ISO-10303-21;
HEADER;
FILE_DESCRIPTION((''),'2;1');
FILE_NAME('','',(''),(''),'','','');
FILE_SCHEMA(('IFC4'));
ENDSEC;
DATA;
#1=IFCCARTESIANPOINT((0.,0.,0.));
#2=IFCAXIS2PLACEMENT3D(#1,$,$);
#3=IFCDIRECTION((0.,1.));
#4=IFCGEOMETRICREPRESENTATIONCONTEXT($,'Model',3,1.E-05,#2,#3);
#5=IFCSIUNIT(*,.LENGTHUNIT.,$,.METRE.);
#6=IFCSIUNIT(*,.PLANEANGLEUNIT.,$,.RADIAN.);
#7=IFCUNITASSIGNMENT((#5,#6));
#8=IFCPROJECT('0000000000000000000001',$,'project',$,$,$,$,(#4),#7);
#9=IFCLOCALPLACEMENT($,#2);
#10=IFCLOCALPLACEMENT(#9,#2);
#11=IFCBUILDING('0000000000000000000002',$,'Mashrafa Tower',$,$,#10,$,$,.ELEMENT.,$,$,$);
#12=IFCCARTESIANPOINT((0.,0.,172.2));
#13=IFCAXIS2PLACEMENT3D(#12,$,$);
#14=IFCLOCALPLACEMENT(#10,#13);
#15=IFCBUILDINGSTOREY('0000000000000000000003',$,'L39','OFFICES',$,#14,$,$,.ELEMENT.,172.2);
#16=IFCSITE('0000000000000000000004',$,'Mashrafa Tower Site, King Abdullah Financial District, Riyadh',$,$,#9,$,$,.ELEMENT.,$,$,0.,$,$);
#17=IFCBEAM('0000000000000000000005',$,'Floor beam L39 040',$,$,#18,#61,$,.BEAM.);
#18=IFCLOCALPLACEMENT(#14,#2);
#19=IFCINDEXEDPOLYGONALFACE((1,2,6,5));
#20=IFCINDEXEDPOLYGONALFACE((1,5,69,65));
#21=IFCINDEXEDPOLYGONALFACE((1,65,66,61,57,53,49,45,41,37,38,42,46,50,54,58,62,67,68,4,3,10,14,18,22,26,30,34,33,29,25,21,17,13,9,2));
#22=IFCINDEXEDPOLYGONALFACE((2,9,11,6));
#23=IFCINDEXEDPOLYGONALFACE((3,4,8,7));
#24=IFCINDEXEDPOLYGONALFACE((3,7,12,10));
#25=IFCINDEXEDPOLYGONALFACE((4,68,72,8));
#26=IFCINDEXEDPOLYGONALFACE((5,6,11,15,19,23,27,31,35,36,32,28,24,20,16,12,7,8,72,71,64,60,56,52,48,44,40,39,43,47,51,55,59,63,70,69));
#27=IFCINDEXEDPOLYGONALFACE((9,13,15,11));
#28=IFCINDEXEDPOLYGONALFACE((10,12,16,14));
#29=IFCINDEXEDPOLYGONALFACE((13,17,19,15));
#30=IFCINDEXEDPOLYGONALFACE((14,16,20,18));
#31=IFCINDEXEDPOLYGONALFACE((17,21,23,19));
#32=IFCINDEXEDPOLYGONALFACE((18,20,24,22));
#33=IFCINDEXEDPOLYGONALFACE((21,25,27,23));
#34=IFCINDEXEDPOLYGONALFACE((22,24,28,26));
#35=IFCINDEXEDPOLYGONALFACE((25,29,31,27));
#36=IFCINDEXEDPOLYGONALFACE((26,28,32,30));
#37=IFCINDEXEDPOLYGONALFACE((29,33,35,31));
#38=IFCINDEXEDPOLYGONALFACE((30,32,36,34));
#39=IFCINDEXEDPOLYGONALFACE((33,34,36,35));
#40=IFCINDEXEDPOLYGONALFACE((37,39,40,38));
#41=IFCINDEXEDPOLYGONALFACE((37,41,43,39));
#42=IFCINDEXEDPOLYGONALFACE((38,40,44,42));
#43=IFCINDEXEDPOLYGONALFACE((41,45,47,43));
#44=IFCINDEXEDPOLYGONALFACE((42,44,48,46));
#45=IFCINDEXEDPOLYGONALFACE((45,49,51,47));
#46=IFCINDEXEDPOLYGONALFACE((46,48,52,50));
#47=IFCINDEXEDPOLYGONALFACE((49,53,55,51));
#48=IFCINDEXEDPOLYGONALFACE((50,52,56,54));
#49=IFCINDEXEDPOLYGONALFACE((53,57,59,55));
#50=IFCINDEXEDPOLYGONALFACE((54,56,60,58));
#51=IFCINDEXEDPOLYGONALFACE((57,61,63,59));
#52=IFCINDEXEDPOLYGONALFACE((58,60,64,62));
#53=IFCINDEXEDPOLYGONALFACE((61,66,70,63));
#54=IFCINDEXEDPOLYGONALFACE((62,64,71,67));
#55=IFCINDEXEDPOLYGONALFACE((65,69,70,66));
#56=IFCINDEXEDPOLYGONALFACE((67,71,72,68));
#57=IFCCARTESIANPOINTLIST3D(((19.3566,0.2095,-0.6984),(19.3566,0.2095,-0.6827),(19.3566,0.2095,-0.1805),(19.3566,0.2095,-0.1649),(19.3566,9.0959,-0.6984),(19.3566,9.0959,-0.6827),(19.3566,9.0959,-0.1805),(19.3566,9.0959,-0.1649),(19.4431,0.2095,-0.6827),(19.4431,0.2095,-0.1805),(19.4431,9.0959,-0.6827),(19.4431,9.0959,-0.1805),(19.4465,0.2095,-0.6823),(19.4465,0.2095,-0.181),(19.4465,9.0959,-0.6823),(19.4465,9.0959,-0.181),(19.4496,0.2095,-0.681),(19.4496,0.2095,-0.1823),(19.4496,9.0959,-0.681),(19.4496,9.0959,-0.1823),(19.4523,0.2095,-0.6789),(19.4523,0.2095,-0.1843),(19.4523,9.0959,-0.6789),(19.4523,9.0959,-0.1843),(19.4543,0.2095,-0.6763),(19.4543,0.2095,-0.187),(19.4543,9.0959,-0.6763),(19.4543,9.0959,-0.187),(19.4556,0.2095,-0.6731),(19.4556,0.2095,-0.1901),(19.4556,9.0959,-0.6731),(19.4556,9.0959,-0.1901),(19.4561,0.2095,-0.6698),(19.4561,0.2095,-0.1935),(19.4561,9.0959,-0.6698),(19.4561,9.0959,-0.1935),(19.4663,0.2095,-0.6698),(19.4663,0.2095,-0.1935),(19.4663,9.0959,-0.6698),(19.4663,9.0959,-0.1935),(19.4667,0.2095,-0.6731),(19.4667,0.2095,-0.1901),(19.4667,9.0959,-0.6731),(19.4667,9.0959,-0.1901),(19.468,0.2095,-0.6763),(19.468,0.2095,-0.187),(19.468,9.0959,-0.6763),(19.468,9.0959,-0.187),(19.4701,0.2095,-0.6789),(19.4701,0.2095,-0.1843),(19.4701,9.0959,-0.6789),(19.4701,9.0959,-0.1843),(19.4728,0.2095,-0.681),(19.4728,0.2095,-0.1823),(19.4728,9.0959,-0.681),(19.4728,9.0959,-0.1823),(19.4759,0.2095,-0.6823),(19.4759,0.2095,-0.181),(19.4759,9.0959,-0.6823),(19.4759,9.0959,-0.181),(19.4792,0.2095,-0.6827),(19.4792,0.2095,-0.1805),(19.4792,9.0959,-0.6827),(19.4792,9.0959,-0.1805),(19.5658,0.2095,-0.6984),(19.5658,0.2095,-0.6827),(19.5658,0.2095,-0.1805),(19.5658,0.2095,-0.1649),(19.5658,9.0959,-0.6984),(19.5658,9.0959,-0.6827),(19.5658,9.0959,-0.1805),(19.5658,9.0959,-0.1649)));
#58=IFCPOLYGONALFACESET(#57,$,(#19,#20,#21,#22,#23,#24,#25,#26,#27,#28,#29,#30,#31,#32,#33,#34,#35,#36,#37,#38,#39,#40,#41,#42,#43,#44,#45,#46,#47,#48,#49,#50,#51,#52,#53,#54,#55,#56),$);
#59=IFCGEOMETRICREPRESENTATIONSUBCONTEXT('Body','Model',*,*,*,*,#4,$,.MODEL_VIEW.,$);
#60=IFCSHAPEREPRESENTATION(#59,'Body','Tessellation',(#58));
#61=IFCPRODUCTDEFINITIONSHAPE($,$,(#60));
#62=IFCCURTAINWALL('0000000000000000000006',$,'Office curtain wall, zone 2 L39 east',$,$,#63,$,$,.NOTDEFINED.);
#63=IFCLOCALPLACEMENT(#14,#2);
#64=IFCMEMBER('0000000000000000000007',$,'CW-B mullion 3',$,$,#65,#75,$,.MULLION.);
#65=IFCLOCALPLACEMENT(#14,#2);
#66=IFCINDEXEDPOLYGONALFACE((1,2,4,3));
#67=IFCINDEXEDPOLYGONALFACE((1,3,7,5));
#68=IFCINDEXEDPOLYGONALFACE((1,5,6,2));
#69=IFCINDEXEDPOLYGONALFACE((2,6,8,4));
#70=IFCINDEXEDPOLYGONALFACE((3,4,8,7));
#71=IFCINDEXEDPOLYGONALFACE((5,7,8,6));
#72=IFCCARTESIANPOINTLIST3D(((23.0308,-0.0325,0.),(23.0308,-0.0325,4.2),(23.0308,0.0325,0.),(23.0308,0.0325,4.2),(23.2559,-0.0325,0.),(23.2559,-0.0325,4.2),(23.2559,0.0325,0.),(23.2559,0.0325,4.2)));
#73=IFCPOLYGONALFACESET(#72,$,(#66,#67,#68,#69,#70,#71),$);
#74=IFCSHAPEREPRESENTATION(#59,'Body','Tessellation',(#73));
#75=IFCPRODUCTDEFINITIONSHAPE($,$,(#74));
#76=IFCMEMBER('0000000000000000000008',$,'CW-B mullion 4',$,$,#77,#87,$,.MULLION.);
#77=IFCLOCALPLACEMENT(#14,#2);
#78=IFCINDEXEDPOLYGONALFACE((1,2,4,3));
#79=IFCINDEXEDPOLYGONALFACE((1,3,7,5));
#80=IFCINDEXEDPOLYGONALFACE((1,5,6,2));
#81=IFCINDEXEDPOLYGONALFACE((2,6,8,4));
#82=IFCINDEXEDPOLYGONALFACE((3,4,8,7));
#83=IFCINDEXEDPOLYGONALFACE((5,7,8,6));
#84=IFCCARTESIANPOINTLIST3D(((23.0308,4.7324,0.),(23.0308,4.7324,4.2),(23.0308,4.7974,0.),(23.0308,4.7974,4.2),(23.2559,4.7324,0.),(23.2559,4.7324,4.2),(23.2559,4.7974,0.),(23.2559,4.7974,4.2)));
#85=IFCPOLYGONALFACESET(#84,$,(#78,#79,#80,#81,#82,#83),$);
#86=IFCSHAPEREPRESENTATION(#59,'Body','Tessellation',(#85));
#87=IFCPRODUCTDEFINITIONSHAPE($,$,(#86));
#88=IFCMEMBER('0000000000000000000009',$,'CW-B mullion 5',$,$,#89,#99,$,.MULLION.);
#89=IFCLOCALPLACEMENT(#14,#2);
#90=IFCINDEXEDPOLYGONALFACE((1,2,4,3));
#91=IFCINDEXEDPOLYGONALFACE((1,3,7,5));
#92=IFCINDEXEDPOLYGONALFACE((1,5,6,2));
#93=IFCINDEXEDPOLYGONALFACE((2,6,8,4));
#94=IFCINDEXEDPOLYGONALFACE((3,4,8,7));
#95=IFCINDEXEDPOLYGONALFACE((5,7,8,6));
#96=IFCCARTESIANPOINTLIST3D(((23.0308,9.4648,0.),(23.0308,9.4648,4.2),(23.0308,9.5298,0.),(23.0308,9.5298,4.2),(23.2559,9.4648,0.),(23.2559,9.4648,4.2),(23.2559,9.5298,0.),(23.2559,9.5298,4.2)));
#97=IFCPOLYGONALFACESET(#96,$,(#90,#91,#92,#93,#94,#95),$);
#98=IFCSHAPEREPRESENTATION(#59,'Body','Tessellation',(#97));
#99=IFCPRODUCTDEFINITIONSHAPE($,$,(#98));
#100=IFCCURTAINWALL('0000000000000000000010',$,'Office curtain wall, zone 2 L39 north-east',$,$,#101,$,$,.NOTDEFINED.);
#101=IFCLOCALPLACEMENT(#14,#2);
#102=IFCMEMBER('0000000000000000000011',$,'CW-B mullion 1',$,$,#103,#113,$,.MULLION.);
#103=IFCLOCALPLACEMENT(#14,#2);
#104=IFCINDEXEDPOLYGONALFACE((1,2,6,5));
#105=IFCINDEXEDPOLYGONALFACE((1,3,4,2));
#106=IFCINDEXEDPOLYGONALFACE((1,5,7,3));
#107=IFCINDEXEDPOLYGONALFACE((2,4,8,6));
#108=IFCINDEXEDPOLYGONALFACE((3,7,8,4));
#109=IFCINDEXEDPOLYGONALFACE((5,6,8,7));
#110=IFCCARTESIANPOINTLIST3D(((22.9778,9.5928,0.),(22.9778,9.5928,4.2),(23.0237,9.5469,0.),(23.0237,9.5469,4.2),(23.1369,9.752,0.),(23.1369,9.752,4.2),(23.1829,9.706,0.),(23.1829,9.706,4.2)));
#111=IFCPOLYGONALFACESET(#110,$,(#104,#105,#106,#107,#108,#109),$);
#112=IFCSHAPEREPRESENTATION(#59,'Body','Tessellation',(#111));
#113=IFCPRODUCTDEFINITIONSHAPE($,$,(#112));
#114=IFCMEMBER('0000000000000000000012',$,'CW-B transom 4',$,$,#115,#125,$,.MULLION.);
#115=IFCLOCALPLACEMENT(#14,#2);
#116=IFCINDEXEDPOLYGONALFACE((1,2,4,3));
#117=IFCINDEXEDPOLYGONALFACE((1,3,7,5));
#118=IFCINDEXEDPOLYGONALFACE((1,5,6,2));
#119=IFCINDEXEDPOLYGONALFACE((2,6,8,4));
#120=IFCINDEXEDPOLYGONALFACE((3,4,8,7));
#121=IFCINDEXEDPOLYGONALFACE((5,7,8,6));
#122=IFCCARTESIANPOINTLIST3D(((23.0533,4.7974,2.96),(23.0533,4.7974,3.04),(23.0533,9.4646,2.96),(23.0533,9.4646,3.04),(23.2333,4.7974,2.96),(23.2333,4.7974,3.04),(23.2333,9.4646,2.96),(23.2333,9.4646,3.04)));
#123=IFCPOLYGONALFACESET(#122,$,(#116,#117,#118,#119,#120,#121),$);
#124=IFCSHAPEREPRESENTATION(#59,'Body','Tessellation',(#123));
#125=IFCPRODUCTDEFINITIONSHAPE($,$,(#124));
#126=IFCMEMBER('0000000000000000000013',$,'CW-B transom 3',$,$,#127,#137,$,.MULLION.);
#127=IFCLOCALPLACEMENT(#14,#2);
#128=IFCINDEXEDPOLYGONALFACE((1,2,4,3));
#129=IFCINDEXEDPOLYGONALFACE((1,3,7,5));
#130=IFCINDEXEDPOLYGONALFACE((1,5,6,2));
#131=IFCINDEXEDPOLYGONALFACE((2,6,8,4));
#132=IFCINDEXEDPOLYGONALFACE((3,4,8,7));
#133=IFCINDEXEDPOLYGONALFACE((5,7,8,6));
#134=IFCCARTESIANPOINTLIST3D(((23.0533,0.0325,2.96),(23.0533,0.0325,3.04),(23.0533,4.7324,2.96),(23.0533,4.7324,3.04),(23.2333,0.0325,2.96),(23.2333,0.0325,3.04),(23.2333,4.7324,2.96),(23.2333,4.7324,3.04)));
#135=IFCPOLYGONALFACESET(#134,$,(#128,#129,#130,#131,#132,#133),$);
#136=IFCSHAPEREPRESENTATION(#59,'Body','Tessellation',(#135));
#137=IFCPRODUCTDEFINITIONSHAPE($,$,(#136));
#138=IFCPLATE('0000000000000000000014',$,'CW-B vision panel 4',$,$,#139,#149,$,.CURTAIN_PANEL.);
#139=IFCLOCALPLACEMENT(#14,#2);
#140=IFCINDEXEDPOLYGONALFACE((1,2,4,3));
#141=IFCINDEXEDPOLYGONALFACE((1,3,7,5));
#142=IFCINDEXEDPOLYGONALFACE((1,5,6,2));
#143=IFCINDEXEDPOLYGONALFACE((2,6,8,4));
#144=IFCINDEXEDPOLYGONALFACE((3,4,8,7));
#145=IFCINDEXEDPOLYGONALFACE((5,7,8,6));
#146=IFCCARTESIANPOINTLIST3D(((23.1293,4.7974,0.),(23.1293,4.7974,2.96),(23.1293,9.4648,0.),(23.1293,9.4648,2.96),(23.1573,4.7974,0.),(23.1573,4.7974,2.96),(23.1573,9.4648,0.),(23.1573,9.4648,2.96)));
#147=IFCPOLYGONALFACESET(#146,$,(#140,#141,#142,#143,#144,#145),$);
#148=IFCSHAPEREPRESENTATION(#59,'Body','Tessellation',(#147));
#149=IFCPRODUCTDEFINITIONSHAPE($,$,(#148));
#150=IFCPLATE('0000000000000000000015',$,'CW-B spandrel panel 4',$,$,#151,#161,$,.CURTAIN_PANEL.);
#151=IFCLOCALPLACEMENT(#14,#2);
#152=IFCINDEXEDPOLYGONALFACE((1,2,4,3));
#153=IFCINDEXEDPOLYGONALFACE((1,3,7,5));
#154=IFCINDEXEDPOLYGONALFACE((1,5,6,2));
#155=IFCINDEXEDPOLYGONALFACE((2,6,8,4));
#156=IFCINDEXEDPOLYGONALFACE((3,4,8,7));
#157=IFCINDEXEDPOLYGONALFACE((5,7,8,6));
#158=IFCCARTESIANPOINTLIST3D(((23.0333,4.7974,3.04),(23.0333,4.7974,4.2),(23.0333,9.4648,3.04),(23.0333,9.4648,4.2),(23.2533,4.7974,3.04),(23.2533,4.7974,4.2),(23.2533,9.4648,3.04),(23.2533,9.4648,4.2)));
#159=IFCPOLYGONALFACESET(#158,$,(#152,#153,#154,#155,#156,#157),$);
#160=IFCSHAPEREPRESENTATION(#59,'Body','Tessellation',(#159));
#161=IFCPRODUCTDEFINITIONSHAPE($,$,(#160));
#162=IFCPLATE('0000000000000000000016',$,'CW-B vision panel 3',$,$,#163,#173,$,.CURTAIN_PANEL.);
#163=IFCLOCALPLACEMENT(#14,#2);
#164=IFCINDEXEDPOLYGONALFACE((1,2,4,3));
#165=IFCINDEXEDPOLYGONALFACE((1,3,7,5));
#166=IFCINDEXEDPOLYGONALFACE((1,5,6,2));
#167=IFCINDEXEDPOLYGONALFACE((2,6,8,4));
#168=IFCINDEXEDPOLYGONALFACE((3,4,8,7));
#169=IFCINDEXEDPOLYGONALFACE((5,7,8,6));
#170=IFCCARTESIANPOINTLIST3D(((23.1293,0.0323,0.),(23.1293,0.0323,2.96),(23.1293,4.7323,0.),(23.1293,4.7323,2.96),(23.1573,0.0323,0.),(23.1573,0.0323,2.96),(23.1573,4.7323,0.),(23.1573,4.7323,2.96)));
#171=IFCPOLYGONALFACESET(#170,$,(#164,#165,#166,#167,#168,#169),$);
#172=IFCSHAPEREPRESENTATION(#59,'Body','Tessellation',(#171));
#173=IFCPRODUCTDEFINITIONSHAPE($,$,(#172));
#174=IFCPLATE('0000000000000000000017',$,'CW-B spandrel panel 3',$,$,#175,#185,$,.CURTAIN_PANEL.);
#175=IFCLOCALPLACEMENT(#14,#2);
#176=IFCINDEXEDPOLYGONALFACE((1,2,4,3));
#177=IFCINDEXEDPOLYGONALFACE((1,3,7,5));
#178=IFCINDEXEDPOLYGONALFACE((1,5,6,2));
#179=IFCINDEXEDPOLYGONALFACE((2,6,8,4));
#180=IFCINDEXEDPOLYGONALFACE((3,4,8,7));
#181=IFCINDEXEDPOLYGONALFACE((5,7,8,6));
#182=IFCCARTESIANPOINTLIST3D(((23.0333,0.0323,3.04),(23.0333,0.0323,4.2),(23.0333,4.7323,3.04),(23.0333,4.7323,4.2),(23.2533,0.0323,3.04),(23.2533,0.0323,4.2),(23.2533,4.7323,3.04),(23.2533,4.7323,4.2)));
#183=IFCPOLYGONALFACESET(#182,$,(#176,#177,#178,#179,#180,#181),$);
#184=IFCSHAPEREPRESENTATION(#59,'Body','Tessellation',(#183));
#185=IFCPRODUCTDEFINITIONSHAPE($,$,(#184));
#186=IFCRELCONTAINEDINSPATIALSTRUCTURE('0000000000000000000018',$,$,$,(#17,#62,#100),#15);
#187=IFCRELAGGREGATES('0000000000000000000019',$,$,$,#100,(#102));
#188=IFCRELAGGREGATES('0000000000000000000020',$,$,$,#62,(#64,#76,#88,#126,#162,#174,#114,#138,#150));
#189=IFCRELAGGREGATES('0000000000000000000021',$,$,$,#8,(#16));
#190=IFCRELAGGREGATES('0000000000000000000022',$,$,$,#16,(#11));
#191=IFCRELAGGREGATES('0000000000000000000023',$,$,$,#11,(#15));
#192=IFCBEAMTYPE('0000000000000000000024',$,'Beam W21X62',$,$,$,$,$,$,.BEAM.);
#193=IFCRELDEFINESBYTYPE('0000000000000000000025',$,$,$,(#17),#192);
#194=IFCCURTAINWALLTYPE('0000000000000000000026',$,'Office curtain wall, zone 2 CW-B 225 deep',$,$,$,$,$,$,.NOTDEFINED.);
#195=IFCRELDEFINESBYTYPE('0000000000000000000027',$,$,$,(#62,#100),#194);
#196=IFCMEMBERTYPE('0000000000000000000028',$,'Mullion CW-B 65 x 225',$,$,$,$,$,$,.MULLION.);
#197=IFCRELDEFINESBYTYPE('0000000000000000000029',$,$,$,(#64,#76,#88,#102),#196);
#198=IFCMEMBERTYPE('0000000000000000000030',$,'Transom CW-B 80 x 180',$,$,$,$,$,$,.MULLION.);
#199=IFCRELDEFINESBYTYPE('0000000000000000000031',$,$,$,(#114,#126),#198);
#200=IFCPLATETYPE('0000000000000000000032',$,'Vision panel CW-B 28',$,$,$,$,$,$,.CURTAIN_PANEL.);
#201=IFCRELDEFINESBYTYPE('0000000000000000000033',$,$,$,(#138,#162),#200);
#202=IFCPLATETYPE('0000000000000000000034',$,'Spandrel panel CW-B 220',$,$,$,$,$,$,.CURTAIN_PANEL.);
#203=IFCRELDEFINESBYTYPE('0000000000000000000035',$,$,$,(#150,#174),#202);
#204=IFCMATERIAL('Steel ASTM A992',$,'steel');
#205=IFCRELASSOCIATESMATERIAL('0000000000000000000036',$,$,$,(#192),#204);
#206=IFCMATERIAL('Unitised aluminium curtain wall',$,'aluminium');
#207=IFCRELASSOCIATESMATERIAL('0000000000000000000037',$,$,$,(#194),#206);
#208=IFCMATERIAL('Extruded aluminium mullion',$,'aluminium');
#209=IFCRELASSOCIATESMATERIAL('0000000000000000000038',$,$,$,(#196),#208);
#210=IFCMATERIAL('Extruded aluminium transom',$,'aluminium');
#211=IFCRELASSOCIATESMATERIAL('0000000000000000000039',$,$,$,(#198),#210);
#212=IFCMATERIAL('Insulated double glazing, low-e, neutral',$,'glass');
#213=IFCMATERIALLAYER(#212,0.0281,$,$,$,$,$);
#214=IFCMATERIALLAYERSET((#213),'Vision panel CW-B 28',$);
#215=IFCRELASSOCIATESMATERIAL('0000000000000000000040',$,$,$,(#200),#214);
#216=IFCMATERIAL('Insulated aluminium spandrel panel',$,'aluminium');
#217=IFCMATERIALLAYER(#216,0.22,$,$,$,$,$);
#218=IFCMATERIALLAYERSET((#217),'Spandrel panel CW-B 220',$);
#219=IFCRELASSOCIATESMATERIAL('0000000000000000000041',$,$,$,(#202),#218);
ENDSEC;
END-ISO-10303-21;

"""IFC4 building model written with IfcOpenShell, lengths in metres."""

from ifc_helpers import new_model, si_unit, direction, frame, origin, origin_2d, place, context, subcontext, project, spatial, rectangle, i_section, extrude, source, transform, mapped, material, layer, layer_set, material_profile, profile_set, type_object, type_shapes, element, aggregate, save


model = new_model("IFC4")

# Units and contexts
model_context = context("Model", 3, precision=1e-05, world=origin(), true_north=direction((0.0, 1.0)))
body_context = subcontext(model_context, "Body", "Model", "MODEL_VIEW")
ifc_project = project(units=[si_unit("LENGTHUNIT", "METRE"), si_unit("PLANEANGLEUNIT", "RADIAN")], contexts=[model_context])

# Site, building, storey
site_placement = place(None, origin())
site = spatial("IfcSite", under=ifc_project, at=site_placement, Name="Mashrafa Tower Site, King Abdullah Financial District, Riyadh", CompositionType="ELEMENT", RefElevation=0.0)
building_placement = place(site_placement, origin())
building = spatial("IfcBuilding", under=site, at=building_placement, Name="Mashrafa Tower", CompositionType="ELEMENT")
storey_placement = place(building_placement, frame((0.0, 0.0, 172.2)))
storey = spatial("IfcBuildingStorey", under=building, at=storey_placement, Name="L39", Description="OFFICES", CompositionType="ELEMENT", Elevation=172.2)

# Beam
ifc_material_1 = material(Name="Steel ASTM A992", Category="steel")
ifc_material_profile_1 = material_profile(ifc_material_1, i_section(OverallWidth=0.2092, OverallDepth=0.5334, WebThickness=0.0103, FlangeThickness=0.0156, FilletRadius=0.0129, at=origin_2d()), Name="W21X62")
ifc_profile_set_1 = profile_set([ifc_material_profile_1], Name="Steel ASTM A992")
beam_type_1 = type_object("IfcBeamType", Name="Beam W21X62", PredefinedType="BEAM", material=ifc_profile_set_1)
beam_1_placement = place(storey_placement, frame((19.4612, 9.0959, -0.4316), z_axis=(0.0, -1.0, 0.0), x_axis=(1.0, 0.0, 0.0)))
element("IfcBeam", 1, at=beam_1_placement, inside=storey, type_object=beam_type_1, Name="Floor beam L39 040", PredefinedType="BEAM", context=body_context, shape_type="SweptSolid", body=[
    extrude(i_section(OverallWidth=0.2092, OverallDepth=0.5334, WebThickness=0.0103, FlangeThickness=0.0156, FilletRadius=0.0129, at=origin_2d()), origin(), (0.0, 0.0, 1.0), 8.8865),
])

# Curtain wall, members
ifc_material_2 = material(Name="Unitised aluminium curtain wall", Category="aluminium")
curtain_wall_type = type_object("IfcCurtainWallType", Name="Office curtain wall, zone 2 CW-B 225 deep", PredefinedType="NOTDEFINED", material=ifc_material_2)
curtain_wall_1_placement = place(storey_placement, origin())
curtain_wall_1 = element("IfcCurtainWall", 2, at=curtain_wall_1_placement, inside=storey, type_object=curtain_wall_type, Name="Office curtain wall, zone 2 L39 east", PredefinedType="NOTDEFINED")
ifc_material_3 = material(Name="Extruded aluminium mullion", Category="aluminium")
ifc_material_profile_2 = material_profile(ifc_material_3, rectangle(XDim=0.2251, YDim=0.0649, at=origin_2d()), Name="Mullion 65x225")
ifc_profile_set_2 = profile_set([ifc_material_profile_2], Name="Extruded aluminium mullion")
member_type_1 = type_object("IfcMemberType", Name="Mullion CW-B 65 x 225", PredefinedType="MULLION", material=ifc_profile_set_2)
shared_shape_1 = source(origin(), body_context, "Body", "SweptSolid", [
    extrude(rectangle(XDim=0.2251, YDim=0.0649, at=origin_2d()), origin(), (0.0, 0.0, 1.0), 4.2),
])
type_shapes(member_type_1, [shared_shape_1])
member_1_placement = place(storey_placement, frame((23.1433, 0.0, 0.0), z_axis=(0.0, 0.0, 1.0), x_axis=(-1.0, 0.0, 0.0)))
member_1 = element("IfcMember", 3, at=member_1_placement, type_object=member_type_1, Name="CW-B mullion 3", PredefinedType="MULLION", context=body_context, shape_type="MappedRepresentation", body=[
    mapped(shared_shape_1, transform((0.0, 0.0, 0.0))),
])
member_2_placement = place(storey_placement, frame((23.1433, 4.7649, 0.0), z_axis=(0.0, 0.0, 1.0), x_axis=(-1.0, 0.0, 0.0)))
member_2 = element("IfcMember", 4, at=member_2_placement, type_object=member_type_1, Name="CW-B mullion 4", PredefinedType="MULLION", context=body_context, shape_type="MappedRepresentation", body=[
    mapped(shared_shape_1, transform((0.0, 0.0, 0.0))),
])
member_3_placement = place(storey_placement, frame((23.1433, 9.4973, 0.0), z_axis=(0.0, 0.0, 1.0), x_axis=(-1.0, 0.0, 0.0)))
member_3 = element("IfcMember", 5, at=member_3_placement, type_object=member_type_1, Name="CW-B mullion 5", PredefinedType="MULLION", context=body_context, shape_type="MappedRepresentation", body=[
    mapped(shared_shape_1, transform((0.0, 0.0, 0.0))),
])

# Curtain wall, member
curtain_wall_2_placement = place(storey_placement, origin())
curtain_wall_2 = element("IfcCurtainWall", 6, at=curtain_wall_2_placement, inside=storey, type_object=curtain_wall_type, Name="Office curtain wall, zone 2 L39 north-east", PredefinedType="NOTDEFINED")
member_4_placement = place(storey_placement, frame((23.0803, 9.6494, 0.0), z_axis=(0.0, 0.0, 1.0), x_axis=(-0.707107, -0.707107, 0.0)))
member_4 = element("IfcMember", 7, at=member_4_placement, type_object=member_type_1, Name="CW-B mullion 1", PredefinedType="MULLION", context=body_context, shape_type="MappedRepresentation", body=[
    mapped(shared_shape_1, transform((0.0, 0.0, 0.0))),
])
aggregate(curtain_wall_2, [member_4])

# Members
ifc_material_4 = material(Name="Extruded aluminium transom", Category="aluminium")
ifc_material_profile_3 = material_profile(ifc_material_4, rectangle(XDim=0.1799, YDim=0.0801, at=origin_2d()), Name="Transom 80x180")
ifc_profile_set_3 = profile_set([ifc_material_profile_3], Name="Extruded aluminium transom")
member_type_2 = type_object("IfcMemberType", Name="Transom CW-B 80 x 180", PredefinedType="MULLION", material=ifc_profile_set_3)
shared_shape_2 = source(origin(), body_context, "Body", "SweptSolid", [
    extrude(rectangle(XDim=0.1799, YDim=0.0801, at=origin_2d()), origin(), (0.0, 0.0, 1.0), 4.6672),
])
member_5_placement = place(storey_placement, frame((23.1433, 4.7974, 3.0), z_axis=(0.0, 1.0, 0.0), x_axis=(-1.0, 0.0, 0.0)))
member_5 = element("IfcMember", 8, at=member_5_placement, type_object=member_type_2, Name="CW-B transom 4", PredefinedType="MULLION", context=body_context, shape_type="MappedRepresentation", body=[
    mapped(shared_shape_2, transform((0.0, 0.0, 0.0))),
])
shared_shape_3 = source(origin(), body_context, "Body", "SweptSolid", [
    extrude(rectangle(XDim=0.1799, YDim=0.0801, at=origin_2d()), origin(), (0.0, 0.0, 1.0), 4.7),
])
type_shapes(member_type_2, [shared_shape_2, shared_shape_3])
member_6_placement = place(storey_placement, frame((23.1433, 0.0325, 3.0), z_axis=(0.0, 1.0, 0.0), x_axis=(-1.0, 0.0, 0.0)))
member_6 = element("IfcMember", 9, at=member_6_placement, type_object=member_type_2, Name="CW-B transom 3", PredefinedType="MULLION", context=body_context, shape_type="MappedRepresentation", body=[
    mapped(shared_shape_3, transform((0.0, 0.0, 0.0))),
])

# Plates
ifc_material_5 = material(Name="Insulated double glazing, low-e, neutral", Category="glass")
ifc_layer_1 = layer(ifc_material_5, 0.0281)
ifc_layer_set_1 = layer_set([ifc_layer_1], Name="Vision panel CW-B 28")
plate_type_1 = type_object("IfcPlateType", Name="Vision panel CW-B 28", PredefinedType="CURTAIN_PANEL", material=ifc_layer_set_1)
shared_shape_4 = source(origin(), body_context, "Body", "SweptSolid", [
    extrude(rectangle(XDim=4.6675, YDim=0.0281, at=origin_2d()), origin(), (0.0, 0.0, 1.0), 2.96),
])
plate_1_placement = place(storey_placement, frame((23.1433, 7.1311, 0.0), z_axis=(0.0, 0.0, 1.0), x_axis=(0.0, 1.0, 0.0)))
plate_1 = element("IfcPlate", 10, at=plate_1_placement, type_object=plate_type_1, Name="CW-B vision panel 4", PredefinedType="CURTAIN_PANEL", context=body_context, shape_type="MappedRepresentation", body=[
    mapped(shared_shape_4, transform((0.0, 0.0, 0.0))),
])
ifc_material_6 = material(Name="Insulated aluminium spandrel panel", Category="aluminium")
ifc_layer_2 = layer(ifc_material_6, 0.22)
ifc_layer_set_2 = layer_set([ifc_layer_2], Name="Spandrel panel CW-B 220")
plate_type_2 = type_object("IfcPlateType", Name="Spandrel panel CW-B 220", PredefinedType="CURTAIN_PANEL", material=ifc_layer_set_2)
shared_shape_5 = source(origin(), body_context, "Body", "SweptSolid", [
    extrude(rectangle(XDim=4.6675, YDim=0.22, at=origin_2d()), origin(), (0.0, 0.0, 1.0), 1.1599),
])
plate_2_placement = place(storey_placement, frame((23.1433, 7.1311, 3.04), z_axis=(0.0, 0.0, 1.0), x_axis=(0.0, 1.0, 0.0)))
plate_2 = element("IfcPlate", 11, at=plate_2_placement, type_object=plate_type_2, Name="CW-B spandrel panel 4", PredefinedType="CURTAIN_PANEL", context=body_context, shape_type="MappedRepresentation", body=[
    mapped(shared_shape_5, transform((0.0, 0.0, 0.0))),
])
shared_shape_6 = source(origin(), body_context, "Body", "SweptSolid", [
    extrude(rectangle(XDim=4.7, YDim=0.0281, at=origin_2d()), origin(), (0.0, 0.0, 1.0), 2.96),
])
type_shapes(plate_type_1, [shared_shape_4, shared_shape_6])
plate_3_placement = place(storey_placement, frame((23.1433, 2.3823, 0.0), z_axis=(0.0, 0.0, 1.0), x_axis=(0.0, 1.0, 0.0)))
plate_3 = element("IfcPlate", 12, at=plate_3_placement, type_object=plate_type_1, Name="CW-B vision panel 3", PredefinedType="CURTAIN_PANEL", context=body_context, shape_type="MappedRepresentation", body=[
    mapped(shared_shape_6, transform((0.0, 0.0, 0.0))),
])
shared_shape_7 = source(origin(), body_context, "Body", "SweptSolid", [
    extrude(rectangle(XDim=4.7, YDim=0.22, at=origin_2d()), origin(), (0.0, 0.0, 1.0), 1.1599),
])
type_shapes(plate_type_2, [shared_shape_5, shared_shape_7])
plate_4_placement = place(storey_placement, frame((23.1433, 2.3823, 3.04), z_axis=(0.0, 0.0, 1.0), x_axis=(0.0, 1.0, 0.0)))
plate_4 = element("IfcPlate", 13, at=plate_4_placement, type_object=plate_type_2, Name="CW-B spandrel panel 3", PredefinedType="CURTAIN_PANEL", context=body_context, shape_type="MappedRepresentation", body=[
    mapped(shared_shape_7, transform((0.0, 0.0, 0.0))),
])
aggregate(curtain_wall_1, [member_1, member_2, member_3, member_6, plate_3, plate_4, member_5, plate_1, plate_2])

save(model, "model.ifc")
